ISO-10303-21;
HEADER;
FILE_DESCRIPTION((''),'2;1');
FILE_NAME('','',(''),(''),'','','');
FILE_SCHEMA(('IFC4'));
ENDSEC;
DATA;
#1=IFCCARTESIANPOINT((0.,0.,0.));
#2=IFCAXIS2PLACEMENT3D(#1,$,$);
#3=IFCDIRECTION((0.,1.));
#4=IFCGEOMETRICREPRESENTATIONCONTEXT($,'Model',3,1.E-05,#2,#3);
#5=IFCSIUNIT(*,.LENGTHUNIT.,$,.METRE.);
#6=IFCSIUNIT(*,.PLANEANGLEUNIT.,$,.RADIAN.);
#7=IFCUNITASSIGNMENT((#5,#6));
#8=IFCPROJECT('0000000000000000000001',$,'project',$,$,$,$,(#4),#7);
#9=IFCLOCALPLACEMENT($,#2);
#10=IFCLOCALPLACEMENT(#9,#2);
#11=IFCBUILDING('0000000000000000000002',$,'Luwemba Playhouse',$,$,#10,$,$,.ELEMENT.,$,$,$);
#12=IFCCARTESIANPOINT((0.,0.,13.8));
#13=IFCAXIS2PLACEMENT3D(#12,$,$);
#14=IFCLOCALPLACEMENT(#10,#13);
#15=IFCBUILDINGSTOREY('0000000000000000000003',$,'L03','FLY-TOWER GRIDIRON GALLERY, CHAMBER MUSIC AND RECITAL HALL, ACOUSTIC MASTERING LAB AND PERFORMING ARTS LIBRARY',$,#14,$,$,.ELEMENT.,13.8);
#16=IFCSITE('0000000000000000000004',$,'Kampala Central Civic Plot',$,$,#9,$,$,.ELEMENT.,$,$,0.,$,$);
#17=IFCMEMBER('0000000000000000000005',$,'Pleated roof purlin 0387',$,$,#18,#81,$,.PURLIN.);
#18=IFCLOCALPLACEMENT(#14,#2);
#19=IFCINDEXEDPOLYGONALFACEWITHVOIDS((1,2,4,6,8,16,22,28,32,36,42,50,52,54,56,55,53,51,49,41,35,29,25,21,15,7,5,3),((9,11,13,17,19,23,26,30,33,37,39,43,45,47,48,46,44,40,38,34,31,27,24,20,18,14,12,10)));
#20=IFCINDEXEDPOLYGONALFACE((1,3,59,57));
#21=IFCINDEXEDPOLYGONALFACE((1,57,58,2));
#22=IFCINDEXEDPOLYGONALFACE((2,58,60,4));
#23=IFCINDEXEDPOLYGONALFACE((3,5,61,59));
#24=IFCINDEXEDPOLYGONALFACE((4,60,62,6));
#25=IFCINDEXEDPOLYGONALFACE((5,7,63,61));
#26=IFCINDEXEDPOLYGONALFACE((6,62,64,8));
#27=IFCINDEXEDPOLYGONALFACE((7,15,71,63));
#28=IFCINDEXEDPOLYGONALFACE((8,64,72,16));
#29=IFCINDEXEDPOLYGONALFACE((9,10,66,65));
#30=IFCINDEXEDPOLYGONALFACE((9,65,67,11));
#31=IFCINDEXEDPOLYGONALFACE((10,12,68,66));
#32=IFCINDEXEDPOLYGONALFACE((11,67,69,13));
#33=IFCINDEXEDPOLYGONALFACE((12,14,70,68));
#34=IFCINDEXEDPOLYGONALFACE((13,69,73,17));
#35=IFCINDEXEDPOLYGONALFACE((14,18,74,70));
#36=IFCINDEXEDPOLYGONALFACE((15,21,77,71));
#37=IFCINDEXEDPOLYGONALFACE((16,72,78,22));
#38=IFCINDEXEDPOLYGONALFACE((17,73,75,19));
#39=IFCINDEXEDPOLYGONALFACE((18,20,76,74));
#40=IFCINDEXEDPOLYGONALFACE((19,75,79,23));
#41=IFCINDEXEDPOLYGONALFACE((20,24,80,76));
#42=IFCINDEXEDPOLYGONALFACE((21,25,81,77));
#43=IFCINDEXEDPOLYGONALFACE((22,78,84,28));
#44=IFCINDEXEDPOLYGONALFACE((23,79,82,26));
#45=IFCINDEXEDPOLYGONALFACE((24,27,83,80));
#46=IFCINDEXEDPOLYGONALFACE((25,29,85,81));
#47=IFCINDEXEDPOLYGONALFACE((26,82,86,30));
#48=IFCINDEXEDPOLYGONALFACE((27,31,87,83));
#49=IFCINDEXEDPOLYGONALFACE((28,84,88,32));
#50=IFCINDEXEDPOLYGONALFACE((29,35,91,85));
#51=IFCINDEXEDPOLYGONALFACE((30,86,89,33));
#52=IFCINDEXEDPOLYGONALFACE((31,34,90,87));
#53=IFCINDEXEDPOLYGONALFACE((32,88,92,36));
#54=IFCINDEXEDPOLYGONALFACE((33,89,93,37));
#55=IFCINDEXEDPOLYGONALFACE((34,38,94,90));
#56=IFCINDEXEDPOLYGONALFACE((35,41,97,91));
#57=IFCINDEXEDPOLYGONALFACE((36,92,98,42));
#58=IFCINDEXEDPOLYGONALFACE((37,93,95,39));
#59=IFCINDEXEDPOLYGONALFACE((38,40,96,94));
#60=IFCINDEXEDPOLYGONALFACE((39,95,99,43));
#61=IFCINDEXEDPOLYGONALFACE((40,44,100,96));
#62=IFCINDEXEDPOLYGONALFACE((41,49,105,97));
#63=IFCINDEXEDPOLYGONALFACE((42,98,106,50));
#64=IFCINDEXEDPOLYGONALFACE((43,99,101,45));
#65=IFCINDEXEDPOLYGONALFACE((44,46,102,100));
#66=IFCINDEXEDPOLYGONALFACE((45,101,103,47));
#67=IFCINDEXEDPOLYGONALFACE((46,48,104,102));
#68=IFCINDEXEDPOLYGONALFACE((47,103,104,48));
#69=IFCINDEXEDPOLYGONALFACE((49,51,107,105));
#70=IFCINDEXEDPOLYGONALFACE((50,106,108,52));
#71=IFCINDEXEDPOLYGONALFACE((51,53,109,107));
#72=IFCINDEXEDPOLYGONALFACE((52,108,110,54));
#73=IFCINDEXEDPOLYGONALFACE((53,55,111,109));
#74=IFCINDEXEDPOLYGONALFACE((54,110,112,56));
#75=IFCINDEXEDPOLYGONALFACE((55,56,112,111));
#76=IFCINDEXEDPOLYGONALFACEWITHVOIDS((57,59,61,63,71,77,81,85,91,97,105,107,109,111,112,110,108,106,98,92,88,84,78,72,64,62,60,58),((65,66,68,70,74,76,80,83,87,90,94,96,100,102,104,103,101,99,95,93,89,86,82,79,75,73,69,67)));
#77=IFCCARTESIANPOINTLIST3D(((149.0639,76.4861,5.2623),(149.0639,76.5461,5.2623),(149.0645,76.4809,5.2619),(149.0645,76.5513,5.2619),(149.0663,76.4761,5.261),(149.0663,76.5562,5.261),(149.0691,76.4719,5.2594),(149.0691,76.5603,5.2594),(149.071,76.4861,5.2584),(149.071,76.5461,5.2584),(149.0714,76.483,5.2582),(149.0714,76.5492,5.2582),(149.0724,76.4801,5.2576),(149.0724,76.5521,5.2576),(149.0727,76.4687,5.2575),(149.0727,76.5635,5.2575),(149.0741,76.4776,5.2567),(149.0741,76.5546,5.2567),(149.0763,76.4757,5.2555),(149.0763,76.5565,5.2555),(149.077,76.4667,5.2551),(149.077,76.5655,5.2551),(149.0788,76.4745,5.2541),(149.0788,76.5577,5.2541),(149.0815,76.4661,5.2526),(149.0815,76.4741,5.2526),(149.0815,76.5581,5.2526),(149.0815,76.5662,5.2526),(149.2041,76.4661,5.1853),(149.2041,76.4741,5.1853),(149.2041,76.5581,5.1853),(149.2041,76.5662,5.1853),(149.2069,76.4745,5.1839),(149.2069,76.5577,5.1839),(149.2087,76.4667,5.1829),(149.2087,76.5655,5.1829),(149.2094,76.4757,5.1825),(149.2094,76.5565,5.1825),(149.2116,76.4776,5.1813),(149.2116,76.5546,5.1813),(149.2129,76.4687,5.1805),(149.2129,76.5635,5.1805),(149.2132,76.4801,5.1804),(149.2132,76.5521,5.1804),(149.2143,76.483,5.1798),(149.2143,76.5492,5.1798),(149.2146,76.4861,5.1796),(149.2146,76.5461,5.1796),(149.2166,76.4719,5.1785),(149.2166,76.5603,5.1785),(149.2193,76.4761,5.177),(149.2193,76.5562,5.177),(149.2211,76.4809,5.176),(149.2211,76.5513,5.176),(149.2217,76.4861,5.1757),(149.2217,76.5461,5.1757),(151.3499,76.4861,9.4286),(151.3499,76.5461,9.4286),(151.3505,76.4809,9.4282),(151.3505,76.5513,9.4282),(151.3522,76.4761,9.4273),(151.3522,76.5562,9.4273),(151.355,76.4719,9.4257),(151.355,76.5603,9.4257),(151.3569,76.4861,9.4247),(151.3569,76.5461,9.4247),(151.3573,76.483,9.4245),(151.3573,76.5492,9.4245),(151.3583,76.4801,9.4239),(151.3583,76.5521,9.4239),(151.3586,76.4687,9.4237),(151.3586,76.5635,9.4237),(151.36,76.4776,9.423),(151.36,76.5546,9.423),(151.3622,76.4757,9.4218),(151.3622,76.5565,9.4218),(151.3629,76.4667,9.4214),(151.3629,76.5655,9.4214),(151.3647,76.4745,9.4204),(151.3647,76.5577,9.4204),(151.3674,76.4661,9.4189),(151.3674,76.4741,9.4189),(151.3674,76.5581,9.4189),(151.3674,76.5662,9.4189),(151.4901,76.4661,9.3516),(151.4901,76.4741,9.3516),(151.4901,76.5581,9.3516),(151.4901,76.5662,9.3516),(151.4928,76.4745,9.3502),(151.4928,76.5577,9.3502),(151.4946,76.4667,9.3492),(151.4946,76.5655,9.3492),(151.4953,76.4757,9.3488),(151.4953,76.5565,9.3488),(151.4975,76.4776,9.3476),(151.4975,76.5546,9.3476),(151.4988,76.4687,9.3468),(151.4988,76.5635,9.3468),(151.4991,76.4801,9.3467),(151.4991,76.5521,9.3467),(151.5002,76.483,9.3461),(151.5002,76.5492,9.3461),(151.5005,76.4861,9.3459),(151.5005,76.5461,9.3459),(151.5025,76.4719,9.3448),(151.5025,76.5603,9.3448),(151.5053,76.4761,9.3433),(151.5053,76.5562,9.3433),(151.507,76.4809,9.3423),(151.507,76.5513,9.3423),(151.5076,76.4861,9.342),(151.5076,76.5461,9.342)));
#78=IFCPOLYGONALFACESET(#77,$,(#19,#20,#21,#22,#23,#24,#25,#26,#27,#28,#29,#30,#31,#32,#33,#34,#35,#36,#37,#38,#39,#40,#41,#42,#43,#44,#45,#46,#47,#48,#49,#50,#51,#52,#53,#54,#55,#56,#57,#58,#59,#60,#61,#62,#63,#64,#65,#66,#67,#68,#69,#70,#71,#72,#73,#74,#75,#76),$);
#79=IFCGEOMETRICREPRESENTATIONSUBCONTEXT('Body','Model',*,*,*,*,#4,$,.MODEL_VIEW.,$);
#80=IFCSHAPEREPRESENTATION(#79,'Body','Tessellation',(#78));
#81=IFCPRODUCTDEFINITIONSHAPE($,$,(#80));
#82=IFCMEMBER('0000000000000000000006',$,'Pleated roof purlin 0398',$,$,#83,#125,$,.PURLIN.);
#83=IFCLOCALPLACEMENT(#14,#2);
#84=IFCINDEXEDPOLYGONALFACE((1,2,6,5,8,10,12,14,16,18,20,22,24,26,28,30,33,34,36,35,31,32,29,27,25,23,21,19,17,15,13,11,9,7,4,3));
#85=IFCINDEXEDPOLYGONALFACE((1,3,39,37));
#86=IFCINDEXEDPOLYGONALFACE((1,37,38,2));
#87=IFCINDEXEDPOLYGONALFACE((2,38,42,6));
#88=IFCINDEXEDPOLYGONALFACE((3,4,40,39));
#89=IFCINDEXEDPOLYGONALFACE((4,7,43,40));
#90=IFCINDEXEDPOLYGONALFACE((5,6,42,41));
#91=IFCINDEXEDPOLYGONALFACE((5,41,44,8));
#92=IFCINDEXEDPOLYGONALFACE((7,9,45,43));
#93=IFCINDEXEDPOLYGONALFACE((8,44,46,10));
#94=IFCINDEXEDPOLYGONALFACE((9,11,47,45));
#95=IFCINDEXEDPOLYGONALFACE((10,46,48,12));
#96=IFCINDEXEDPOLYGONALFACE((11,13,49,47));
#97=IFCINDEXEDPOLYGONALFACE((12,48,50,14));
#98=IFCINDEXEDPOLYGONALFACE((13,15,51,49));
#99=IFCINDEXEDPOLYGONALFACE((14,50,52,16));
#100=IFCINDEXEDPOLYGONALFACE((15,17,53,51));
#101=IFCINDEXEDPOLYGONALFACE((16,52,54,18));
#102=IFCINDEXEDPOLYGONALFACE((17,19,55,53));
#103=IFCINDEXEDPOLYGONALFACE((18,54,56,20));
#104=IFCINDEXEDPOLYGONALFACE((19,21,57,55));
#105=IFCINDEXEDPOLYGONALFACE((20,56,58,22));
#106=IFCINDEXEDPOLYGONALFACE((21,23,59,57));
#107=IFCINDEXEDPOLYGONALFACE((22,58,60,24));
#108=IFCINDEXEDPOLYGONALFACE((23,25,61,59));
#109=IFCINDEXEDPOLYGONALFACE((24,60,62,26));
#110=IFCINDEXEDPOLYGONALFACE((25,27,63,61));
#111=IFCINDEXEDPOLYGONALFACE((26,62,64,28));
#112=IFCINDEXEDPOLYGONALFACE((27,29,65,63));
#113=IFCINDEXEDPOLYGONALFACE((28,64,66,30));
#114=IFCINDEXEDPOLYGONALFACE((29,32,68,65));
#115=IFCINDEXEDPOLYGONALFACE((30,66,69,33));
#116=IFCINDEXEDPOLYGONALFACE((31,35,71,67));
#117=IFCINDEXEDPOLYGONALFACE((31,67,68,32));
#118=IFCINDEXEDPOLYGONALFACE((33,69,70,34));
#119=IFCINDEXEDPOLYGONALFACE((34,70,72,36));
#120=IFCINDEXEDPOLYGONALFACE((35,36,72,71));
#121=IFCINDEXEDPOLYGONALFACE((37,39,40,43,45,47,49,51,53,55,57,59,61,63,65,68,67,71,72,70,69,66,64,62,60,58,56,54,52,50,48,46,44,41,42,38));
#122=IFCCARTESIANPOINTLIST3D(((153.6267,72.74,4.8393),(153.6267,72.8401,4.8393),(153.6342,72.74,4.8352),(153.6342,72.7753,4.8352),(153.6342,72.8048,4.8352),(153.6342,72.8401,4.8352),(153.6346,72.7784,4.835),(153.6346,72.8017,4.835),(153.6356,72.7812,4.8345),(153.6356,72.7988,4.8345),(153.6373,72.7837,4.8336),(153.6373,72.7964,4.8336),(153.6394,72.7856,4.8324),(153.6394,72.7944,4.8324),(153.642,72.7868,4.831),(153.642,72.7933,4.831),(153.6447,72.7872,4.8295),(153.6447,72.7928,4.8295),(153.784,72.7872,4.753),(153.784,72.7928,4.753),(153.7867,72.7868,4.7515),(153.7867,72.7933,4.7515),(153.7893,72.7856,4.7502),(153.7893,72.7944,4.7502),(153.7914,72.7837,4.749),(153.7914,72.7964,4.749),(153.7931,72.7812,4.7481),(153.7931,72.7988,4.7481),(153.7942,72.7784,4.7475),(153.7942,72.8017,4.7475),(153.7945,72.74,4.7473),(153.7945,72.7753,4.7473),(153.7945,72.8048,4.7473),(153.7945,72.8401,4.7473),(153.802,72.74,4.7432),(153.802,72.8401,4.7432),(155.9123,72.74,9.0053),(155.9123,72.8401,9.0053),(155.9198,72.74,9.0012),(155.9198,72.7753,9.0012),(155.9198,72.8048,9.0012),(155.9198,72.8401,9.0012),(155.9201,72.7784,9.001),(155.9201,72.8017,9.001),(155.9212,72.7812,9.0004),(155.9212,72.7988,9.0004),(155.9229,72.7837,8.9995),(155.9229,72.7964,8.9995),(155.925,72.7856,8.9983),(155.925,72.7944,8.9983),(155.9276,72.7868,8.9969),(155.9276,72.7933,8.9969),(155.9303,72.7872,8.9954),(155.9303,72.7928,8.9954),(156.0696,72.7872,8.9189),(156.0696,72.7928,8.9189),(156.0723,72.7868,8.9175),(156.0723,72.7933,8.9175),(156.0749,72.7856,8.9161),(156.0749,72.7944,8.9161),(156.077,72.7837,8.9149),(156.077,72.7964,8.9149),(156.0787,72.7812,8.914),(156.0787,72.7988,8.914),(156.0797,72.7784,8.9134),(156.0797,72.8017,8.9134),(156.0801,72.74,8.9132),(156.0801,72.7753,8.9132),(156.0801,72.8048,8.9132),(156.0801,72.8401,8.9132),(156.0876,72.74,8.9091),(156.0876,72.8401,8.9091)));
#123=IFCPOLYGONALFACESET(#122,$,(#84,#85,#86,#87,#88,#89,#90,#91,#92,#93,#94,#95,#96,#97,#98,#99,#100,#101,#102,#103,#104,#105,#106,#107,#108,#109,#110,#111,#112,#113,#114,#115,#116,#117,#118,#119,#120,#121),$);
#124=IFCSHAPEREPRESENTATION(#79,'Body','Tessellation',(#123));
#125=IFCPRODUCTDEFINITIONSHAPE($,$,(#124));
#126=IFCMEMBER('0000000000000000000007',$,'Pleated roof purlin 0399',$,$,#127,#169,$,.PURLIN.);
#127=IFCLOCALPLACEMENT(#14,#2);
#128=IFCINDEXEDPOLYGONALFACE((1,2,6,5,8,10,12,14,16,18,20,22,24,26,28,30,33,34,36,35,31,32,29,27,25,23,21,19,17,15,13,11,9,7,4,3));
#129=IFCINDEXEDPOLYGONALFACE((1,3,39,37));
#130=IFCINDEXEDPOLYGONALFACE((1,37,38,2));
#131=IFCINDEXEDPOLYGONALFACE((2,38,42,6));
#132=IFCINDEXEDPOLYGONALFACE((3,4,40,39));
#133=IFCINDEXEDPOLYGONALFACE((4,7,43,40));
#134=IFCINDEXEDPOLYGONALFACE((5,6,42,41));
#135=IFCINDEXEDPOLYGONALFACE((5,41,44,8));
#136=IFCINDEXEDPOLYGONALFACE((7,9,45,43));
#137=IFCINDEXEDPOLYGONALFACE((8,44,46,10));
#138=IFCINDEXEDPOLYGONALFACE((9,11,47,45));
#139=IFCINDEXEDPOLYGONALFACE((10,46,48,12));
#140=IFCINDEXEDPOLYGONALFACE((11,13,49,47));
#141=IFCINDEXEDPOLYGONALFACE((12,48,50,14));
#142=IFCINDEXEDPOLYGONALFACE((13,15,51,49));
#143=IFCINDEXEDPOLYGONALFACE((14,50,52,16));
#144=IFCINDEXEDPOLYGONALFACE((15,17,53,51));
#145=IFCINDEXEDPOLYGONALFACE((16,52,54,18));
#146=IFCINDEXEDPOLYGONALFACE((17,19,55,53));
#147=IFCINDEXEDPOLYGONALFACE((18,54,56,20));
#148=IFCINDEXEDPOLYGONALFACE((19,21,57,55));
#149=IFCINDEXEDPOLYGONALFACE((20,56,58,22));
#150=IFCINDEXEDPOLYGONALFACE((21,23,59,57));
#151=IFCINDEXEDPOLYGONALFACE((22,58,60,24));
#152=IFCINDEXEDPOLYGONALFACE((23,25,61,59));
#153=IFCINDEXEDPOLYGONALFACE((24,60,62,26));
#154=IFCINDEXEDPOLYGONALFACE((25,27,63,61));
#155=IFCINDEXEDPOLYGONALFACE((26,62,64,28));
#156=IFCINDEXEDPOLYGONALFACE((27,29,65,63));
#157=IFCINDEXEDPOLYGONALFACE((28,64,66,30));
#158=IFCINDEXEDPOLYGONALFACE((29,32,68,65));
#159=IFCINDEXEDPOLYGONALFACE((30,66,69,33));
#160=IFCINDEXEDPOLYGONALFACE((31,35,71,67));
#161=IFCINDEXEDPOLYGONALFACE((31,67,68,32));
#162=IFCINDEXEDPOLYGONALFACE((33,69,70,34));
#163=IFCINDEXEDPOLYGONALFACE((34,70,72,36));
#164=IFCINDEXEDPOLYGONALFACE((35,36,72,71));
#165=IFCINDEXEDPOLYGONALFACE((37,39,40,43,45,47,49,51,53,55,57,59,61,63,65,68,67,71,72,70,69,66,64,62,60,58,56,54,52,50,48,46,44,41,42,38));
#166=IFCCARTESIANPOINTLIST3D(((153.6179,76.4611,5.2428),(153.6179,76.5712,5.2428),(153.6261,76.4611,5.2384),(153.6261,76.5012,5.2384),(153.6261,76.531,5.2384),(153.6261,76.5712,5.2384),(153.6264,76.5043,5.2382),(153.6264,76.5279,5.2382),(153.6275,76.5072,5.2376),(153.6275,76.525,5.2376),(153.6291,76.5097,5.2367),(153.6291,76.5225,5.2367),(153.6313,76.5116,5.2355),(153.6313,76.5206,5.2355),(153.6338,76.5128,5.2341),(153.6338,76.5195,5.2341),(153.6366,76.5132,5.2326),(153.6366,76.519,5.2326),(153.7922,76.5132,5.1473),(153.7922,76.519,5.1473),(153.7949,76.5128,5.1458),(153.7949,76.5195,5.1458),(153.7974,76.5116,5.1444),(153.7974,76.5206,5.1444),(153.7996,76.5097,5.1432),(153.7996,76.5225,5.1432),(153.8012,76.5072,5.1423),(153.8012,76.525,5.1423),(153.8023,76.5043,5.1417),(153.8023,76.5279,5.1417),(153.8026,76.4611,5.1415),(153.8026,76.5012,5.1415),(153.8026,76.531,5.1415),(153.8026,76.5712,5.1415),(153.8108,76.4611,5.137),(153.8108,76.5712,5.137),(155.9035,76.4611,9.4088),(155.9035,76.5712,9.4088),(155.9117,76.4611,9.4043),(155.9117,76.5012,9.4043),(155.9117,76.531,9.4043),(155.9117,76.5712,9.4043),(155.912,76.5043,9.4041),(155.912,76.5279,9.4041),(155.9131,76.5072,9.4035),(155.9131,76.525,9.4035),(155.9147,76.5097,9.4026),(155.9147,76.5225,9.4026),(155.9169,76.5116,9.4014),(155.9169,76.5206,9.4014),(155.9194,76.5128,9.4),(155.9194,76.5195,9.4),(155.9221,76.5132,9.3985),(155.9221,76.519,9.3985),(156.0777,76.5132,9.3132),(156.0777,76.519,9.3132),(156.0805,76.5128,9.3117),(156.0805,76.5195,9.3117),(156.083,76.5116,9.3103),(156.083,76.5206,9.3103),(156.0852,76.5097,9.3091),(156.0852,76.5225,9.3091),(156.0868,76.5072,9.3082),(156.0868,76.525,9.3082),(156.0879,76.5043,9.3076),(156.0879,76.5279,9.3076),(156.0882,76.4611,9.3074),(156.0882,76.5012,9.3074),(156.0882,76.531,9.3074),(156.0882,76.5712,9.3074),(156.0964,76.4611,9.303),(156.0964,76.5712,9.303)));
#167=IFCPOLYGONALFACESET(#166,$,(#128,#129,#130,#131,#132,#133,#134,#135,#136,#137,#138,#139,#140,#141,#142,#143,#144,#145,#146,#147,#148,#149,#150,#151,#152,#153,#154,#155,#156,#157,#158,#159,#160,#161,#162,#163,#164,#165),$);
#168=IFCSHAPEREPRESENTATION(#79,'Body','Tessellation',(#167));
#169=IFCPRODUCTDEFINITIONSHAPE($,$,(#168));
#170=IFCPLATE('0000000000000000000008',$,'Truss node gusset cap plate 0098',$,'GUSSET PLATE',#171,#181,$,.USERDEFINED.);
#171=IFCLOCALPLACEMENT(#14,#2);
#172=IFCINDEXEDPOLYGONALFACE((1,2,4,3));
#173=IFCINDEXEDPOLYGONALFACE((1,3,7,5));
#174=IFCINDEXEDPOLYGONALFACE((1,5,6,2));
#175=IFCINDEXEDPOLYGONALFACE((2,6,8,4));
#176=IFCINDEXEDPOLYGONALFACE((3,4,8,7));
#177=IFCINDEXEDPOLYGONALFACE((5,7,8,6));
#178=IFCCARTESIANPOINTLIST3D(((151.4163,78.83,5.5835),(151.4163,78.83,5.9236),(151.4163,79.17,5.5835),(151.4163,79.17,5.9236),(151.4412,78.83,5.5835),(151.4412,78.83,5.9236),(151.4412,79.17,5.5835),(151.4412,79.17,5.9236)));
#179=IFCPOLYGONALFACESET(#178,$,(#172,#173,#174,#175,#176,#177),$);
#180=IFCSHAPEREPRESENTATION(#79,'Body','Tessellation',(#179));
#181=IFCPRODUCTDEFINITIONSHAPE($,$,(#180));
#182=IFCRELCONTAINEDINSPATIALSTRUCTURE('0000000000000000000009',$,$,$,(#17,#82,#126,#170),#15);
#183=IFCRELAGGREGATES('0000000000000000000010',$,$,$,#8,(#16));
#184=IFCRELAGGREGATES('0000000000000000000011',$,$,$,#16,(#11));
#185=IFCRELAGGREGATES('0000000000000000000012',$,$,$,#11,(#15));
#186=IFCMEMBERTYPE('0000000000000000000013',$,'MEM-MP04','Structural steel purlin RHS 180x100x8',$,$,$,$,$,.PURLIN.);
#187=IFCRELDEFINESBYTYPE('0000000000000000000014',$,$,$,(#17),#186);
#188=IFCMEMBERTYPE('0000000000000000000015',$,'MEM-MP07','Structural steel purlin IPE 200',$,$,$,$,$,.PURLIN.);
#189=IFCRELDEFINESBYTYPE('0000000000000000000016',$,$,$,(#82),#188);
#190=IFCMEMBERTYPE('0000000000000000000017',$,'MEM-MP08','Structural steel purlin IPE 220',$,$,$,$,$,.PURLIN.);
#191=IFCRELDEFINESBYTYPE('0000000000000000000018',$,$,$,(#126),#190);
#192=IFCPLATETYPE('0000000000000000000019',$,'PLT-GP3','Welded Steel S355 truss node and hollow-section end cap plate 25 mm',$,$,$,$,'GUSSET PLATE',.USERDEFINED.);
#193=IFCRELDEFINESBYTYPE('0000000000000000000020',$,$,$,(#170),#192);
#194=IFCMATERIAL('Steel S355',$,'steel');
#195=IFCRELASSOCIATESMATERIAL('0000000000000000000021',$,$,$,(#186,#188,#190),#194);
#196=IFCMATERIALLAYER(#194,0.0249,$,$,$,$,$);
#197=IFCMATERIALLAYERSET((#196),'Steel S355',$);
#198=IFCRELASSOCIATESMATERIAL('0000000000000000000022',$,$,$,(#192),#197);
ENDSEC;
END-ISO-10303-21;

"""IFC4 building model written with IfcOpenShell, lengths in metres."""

from ifc_helpers import new_model, si_unit, direction, frame, origin, origin_2d, place, context, subcontext, project, spatial, rectangle, hollow_rectangle, i_section, extrude, material, layer, layer_set, material_profile, profile_set, type_object, element, save


model = new_model("IFC4")

# Units and contexts
model_context = context("Model", 3, precision=1e-05, world=origin(), true_north=direction((0.0, 1.0)))
body_context = subcontext(model_context, "Body", "Model", "MODEL_VIEW")
ifc_project = project(units=[si_unit("LENGTHUNIT", "METRE"), si_unit("PLANEANGLEUNIT", "RADIAN")], contexts=[model_context])

# Site, building, storey
site_placement = place(None, origin())
site = spatial("IfcSite", under=ifc_project, at=site_placement, Name="Kampala Central Civic Plot", CompositionType="ELEMENT", RefElevation=0.0)
building_placement = place(site_placement, origin())
building = spatial("IfcBuilding", under=site, at=building_placement, Name="Luwemba Playhouse", CompositionType="ELEMENT")
storey_placement = place(building_placement, frame((0.0, 0.0, 13.8)))
storey = spatial("IfcBuildingStorey", under=building, at=storey_placement, Name="L03", Description="FLY-TOWER GRIDIRON GALLERY, CHAMBER MUSIC AND RECITAL HALL, ACOUSTIC MASTERING LAB AND PERFORMING ARTS LIBRARY", CompositionType="ELEMENT", Elevation=13.8)

# Shared definitions
ifc_material_1 = material(Name="Steel S355", Category="steel")

# Members
ifc_material_profile_1 = material_profile(ifc_material_1, hollow_rectangle(XDim=0.1001, YDim=0.1799, WallThickness=0.0081, InnerFilletRadius=0.012, OuterFilletRadius=0.02, at=origin_2d()))
ifc_profile_set_1 = profile_set([ifc_material_profile_1], Name="Steel S355")
member_type_1 = type_object("IfcMemberType", Name="MEM-MP04", Description="Structural steel purlin RHS 180x100x8", PredefinedType="PURLIN", material=ifc_profile_set_1)
member_1_placement = place(storey_placement, frame((149.1428, 76.5161, 5.219), z_axis=(0.481021, 0.0, 0.876709), x_axis=(0.0, 1.0, 0.0)))
element("IfcMember", 1, at=member_1_placement, inside=storey, type_object=member_type_1, Name="Pleated roof purlin 0387", PredefinedType="PURLIN", context=body_context, shape_type="SweptSolid", body=[
    extrude(hollow_rectangle(XDim=0.1001, YDim=0.1799, WallThickness=0.0081, InnerFilletRadius=0.012, OuterFilletRadius=0.02, at=origin_2d()), origin(), (0.0, 0.0, 1.0), 4.7522),
])
ifc_material_profile_2 = material_profile(ifc_material_1, i_section(OverallWidth=0.1001, OverallDepth=0.2, WebThickness=0.0056, FlangeThickness=0.0085, FilletRadius=0.012, at=origin_2d()))
ifc_profile_set_2 = profile_set([ifc_material_profile_2], Name="Steel S355")
member_type_2 = type_object("IfcMemberType", Name="MEM-MP07", Description="Structural steel purlin IPE 200", PredefinedType="PURLIN", material=ifc_profile_set_2)
member_2_placement = place(storey_placement, frame((153.7144, 72.79, 4.7913), z_axis=(0.481003, 0.0, 0.876719), x_axis=(0.0, 1.0, 0.0)))
element("IfcMember", 2, at=member_2_placement, inside=storey, type_object=member_type_2, Name="Pleated roof purlin 0398", PredefinedType="PURLIN", context=body_context, shape_type="SweptSolid", body=[
    extrude(i_section(OverallWidth=0.1001, OverallDepth=0.2, WebThickness=0.0056, FlangeThickness=0.0085, FilletRadius=0.012, at=origin_2d()), origin(), (0.0, 0.0, 1.0), 4.7517),
])
ifc_material_profile_3 = material_profile(ifc_material_1, i_section(OverallWidth=0.1101, OverallDepth=0.22, WebThickness=0.0059, FlangeThickness=0.0093, FilletRadius=0.012, at=origin_2d()))
ifc_profile_set_3 = profile_set([ifc_material_profile_3], Name="Steel S355")
member_type_3 = type_object("IfcMemberType", Name="MEM-MP08", Description="Structural steel purlin IPE 220", PredefinedType="PURLIN", material=ifc_profile_set_3)
member_3_placement = place(storey_placement, frame((153.7144, 76.5161, 5.1899), z_axis=(0.481003, 0.0, 0.876719), x_axis=(0.0, 1.0, 0.0)))
element("IfcMember", 3, at=member_3_placement, inside=storey, type_object=member_type_3, Name="Pleated roof purlin 0399", PredefinedType="PURLIN", context=body_context, shape_type="SweptSolid", body=[
    extrude(i_section(OverallWidth=0.1101, OverallDepth=0.22, WebThickness=0.0059, FlangeThickness=0.0093, FilletRadius=0.012, at=origin_2d()), origin(), (0.0, 0.0, 1.0), 4.7517),
])

# Plate
ifc_layer_1 = layer(ifc_material_1, 0.0249)
ifc_layer_set_1 = layer_set([ifc_layer_1], Name="Steel S355")
plate_type = type_object("IfcPlateType", Name="PLT-GP3", Description="Welded Steel S355 truss node and hollow-section end cap plate 25 mm", ElementType="GUSSET PLATE", PredefinedType="USERDEFINED", material=ifc_layer_set_1)
plate_placement = place(storey_placement, frame((151.4287, 79.0, 5.5835), z_axis=(0.0, 0.0, 1.0), x_axis=(1.0, 0.0, 0.0)))
element("IfcPlate", 4, at=plate_placement, inside=storey, type_object=plate_type, Name="Truss node gusset cap plate 0098", ObjectType="GUSSET PLATE", PredefinedType="USERDEFINED", context=body_context, shape_type="SweptSolid", body=[
    extrude(rectangle(XDim=0.0249, YDim=0.3401, at=origin_2d()), origin(), (0.0, 0.0, 1.0), 0.3401),
])

save(model, "model.ifc")
